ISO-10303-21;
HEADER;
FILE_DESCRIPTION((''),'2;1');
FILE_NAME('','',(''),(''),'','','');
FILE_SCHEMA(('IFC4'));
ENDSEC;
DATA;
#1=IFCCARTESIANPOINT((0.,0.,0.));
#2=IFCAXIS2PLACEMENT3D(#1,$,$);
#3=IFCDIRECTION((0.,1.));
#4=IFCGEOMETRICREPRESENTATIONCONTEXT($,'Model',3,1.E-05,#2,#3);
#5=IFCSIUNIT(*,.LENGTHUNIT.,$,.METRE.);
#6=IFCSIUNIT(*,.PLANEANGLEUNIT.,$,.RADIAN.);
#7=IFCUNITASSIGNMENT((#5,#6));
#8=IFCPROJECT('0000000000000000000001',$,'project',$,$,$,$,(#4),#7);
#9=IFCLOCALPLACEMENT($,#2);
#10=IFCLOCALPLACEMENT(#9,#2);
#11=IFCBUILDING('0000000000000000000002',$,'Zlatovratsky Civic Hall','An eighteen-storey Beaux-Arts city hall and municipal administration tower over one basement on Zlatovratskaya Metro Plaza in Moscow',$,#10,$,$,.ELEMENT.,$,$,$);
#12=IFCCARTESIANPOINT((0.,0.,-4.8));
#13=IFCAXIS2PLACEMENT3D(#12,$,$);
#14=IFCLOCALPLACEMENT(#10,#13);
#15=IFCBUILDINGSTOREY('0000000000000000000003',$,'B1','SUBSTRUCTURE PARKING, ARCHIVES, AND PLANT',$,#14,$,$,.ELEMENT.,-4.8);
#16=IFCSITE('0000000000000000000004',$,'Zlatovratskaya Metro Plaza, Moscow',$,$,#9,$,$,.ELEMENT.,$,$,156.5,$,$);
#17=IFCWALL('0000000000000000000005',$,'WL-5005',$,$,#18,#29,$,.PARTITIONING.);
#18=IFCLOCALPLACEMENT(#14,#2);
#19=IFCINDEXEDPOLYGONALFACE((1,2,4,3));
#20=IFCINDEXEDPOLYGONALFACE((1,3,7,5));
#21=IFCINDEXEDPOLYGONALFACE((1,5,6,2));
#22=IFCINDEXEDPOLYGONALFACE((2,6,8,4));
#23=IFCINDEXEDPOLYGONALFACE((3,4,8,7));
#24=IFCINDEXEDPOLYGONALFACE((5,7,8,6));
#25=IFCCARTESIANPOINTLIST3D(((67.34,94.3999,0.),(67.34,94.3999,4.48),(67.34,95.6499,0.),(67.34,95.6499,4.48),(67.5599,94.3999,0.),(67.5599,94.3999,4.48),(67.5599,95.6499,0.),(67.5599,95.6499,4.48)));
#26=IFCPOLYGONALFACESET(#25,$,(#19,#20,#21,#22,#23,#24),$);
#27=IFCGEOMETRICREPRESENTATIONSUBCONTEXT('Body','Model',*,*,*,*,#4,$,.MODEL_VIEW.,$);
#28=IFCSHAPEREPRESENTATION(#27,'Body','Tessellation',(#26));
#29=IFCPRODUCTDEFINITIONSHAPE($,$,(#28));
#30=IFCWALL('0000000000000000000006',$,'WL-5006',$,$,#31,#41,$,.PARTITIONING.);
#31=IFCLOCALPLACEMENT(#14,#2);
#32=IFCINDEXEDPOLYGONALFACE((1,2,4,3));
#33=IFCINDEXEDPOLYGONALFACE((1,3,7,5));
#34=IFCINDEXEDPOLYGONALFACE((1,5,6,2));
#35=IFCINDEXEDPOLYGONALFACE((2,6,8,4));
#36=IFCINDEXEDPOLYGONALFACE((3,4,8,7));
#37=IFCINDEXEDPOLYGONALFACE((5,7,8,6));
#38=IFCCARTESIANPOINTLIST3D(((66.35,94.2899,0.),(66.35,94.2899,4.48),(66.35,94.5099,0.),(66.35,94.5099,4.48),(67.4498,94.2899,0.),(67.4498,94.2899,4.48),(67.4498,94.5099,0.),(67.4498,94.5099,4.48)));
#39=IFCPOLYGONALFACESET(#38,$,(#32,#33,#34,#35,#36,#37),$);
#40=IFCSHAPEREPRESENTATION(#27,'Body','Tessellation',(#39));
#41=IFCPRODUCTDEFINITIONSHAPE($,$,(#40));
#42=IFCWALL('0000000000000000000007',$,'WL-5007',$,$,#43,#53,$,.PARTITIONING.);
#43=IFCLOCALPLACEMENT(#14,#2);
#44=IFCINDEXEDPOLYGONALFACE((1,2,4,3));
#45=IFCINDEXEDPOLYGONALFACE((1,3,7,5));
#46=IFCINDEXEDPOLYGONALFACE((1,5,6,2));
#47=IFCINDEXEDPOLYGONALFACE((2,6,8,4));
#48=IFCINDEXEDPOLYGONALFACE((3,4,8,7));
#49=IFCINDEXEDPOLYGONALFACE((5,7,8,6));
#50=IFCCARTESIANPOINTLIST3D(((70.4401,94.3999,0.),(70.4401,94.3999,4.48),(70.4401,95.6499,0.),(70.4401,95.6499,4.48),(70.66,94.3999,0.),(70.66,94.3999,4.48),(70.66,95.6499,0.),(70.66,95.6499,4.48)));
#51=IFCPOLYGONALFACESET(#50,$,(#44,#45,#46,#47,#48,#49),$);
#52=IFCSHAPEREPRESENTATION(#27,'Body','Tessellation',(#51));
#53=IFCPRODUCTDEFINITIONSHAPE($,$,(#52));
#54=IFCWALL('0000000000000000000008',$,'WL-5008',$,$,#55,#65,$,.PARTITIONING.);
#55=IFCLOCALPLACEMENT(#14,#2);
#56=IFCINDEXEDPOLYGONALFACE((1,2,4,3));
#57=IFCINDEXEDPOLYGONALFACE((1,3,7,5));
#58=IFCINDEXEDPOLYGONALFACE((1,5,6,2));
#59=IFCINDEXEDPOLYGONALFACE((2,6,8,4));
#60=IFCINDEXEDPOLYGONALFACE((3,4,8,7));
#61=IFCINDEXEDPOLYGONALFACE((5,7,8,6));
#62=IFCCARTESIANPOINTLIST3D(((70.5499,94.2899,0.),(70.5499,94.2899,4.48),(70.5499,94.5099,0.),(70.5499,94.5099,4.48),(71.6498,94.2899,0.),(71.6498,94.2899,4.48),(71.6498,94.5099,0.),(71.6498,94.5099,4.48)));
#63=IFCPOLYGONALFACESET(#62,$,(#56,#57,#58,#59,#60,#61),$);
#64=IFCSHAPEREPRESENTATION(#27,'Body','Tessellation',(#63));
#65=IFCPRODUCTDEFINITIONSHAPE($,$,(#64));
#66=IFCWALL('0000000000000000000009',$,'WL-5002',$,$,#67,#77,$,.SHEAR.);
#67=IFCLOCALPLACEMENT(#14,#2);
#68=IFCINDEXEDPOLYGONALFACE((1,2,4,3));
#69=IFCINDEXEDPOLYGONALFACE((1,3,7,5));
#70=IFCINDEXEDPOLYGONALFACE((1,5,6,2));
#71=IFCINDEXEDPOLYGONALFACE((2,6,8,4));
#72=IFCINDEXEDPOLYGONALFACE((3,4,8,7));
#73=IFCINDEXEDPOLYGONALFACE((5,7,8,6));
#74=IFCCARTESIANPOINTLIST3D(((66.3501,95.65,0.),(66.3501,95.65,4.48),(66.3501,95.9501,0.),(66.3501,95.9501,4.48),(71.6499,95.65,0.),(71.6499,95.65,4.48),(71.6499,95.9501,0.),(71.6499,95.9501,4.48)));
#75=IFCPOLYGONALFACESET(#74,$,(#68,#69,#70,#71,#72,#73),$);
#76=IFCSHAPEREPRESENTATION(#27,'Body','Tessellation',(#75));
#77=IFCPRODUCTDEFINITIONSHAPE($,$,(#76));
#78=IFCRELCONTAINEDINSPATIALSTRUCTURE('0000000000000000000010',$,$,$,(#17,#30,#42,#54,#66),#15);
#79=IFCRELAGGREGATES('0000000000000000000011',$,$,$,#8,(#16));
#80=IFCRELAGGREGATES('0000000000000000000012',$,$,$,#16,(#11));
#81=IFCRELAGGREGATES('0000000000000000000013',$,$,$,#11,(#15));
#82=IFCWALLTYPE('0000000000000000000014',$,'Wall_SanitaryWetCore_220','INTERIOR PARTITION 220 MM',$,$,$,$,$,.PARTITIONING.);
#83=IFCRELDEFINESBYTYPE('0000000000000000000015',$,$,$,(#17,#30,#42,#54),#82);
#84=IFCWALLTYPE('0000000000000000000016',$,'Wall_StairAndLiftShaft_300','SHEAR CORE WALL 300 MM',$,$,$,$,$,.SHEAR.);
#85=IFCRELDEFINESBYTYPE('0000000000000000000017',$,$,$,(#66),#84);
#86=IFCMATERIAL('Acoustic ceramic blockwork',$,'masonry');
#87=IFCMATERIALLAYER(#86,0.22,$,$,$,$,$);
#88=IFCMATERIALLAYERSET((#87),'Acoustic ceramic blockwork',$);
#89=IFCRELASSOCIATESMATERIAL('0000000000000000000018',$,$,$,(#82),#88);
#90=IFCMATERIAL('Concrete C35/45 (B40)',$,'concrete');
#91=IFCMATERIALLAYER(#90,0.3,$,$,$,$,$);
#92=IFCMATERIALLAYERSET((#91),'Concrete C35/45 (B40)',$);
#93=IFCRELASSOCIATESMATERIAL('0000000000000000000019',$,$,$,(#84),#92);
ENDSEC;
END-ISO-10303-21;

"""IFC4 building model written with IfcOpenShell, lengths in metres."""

from ifc_helpers import new_model, si_unit, direction, frame, frame_2d, origin, place, context, subcontext, project, spatial, rectangle, extrude, material, layer, layer_set, type_object, element, save


model = new_model("IFC4")

# Units and contexts
model_context = context("Model", 3, precision=1e-05, world=origin(), true_north=direction((0.0, 1.0)))
body_context = subcontext(model_context, "Body", "Model", "MODEL_VIEW")
ifc_project = project(units=[si_unit("LENGTHUNIT", "METRE"), si_unit("PLANEANGLEUNIT", "RADIAN")], contexts=[model_context])

# Site, building, storey
site_placement = place(None, origin())
site = spatial("IfcSite", under=ifc_project, at=site_placement, Name="Zlatovratskaya Metro Plaza, Moscow", CompositionType="ELEMENT", RefElevation=156.5)
building_placement = place(site_placement, origin())
building = spatial("IfcBuilding", under=site, at=building_placement, Name="Zlatovratsky Civic Hall", Description="An eighteen-storey Beaux-Arts city hall and municipal administration tower over one basement on Zlatovratskaya Metro Plaza in Moscow", CompositionType="ELEMENT")
storey_placement = place(building_placement, frame((0.0, 0.0, -4.8)))
storey = spatial("IfcBuildingStorey", under=building, at=storey_placement, Name="B1", Description="SUBSTRUCTURE PARKING, ARCHIVES, AND PLANT", CompositionType="ELEMENT", Elevation=-4.8)

# Shared definitions
ifc_material_1 = material(Name="Concrete C35/45 (B40)", Category="concrete")

# Walls
ifc_material_2 = material(Name="Acoustic ceramic blockwork", Category="masonry")
ifc_layer_1 = layer(ifc_material_2, 0.22)
ifc_layer_set_1 = layer_set([ifc_layer_1], Name="Acoustic ceramic blockwork")
wall_type_1 = type_object("IfcWallType", Name="Wall_SanitaryWetCore_220", Description="INTERIOR PARTITION 220 MM", PredefinedType="PARTITIONING", material=ifc_layer_set_1)
wall_1_placement = place(storey_placement, frame((67.45, 94.3999, 0.0), z_axis=(0.0, 0.0, 1.0), x_axis=(0.0, 1.0, 0.0)))
element("IfcWall", 1, at=wall_1_placement, inside=storey, type_object=wall_type_1, Name="WL-5005", PredefinedType="PARTITIONING", context=body_context, shape_type="SweptSolid", body=[
    extrude(rectangle(XDim=1.25, YDim=0.22, at=frame_2d((0.625, 0.0))), origin(), (0.0, 0.0, 1.0), 4.48),
])
wall_2_placement = place(storey_placement, frame((66.3501, 94.3999, 0.0), z_axis=(0.0, 0.0, 1.0), x_axis=(1.0, 0.0, 0.0)))
element("IfcWall", 2, at=wall_2_placement, inside=storey, type_object=wall_type_1, Name="WL-5006", PredefinedType="PARTITIONING", context=body_context, shape_type="SweptSolid", body=[
    extrude(rectangle(XDim=1.0999, YDim=0.22, at=frame_2d((0.5498, 0.0))), origin(), (0.0, 0.0, 1.0), 4.48),
])
wall_3_placement = place(storey_placement, frame((70.55, 94.3999, 0.0), z_axis=(0.0, 0.0, 1.0), x_axis=(0.0, 1.0, 0.0)))
element("IfcWall", 3, at=wall_3_placement, inside=storey, type_object=wall_type_1, Name="WL-5007", PredefinedType="PARTITIONING", context=body_context, shape_type="SweptSolid", body=[
    extrude(rectangle(XDim=1.25, YDim=0.22, at=frame_2d((0.625, 0.0))), origin(), (0.0, 0.0, 1.0), 4.48),
])
wall_4_placement = place(storey_placement, frame((70.55, 94.3999, 0.0), z_axis=(0.0, 0.0, 1.0), x_axis=(1.0, 0.0, 0.0)))
element("IfcWall", 4, at=wall_4_placement, inside=storey, type_object=wall_type_1, Name="WL-5008", PredefinedType="PARTITIONING", context=body_context, shape_type="SweptSolid", body=[
    extrude(rectangle(XDim=1.0999, YDim=0.22, at=frame_2d((0.5498, 0.0))), origin(), (0.0, 0.0, 1.0), 4.48),
])
ifc_layer_2 = layer(ifc_material_1, 0.3)
ifc_layer_set_2 = layer_set([ifc_layer_2], Name="Concrete C35/45 (B40)")
wall_type_2 = type_object("IfcWallType", Name="Wall_StairAndLiftShaft_300", Description="SHEAR CORE WALL 300 MM", PredefinedType="SHEAR", material=ifc_layer_set_2)
wall_5_placement = place(storey_placement, frame((66.3501, 95.8, 0.0), z_axis=(0.0, 0.0, 1.0), x_axis=(1.0, 0.0, 0.0)))
element("IfcWall", 5, at=wall_5_placement, inside=storey, type_object=wall_type_2, Name="WL-5002", PredefinedType="SHEAR", context=body_context, shape_type="SweptSolid", body=[
    extrude(rectangle(XDim=5.2998, YDim=0.3, at=frame_2d((2.6499, 0.0))), origin(), (0.0, 0.0, 1.0), 4.48),
])

save(model, "model.ifc")
